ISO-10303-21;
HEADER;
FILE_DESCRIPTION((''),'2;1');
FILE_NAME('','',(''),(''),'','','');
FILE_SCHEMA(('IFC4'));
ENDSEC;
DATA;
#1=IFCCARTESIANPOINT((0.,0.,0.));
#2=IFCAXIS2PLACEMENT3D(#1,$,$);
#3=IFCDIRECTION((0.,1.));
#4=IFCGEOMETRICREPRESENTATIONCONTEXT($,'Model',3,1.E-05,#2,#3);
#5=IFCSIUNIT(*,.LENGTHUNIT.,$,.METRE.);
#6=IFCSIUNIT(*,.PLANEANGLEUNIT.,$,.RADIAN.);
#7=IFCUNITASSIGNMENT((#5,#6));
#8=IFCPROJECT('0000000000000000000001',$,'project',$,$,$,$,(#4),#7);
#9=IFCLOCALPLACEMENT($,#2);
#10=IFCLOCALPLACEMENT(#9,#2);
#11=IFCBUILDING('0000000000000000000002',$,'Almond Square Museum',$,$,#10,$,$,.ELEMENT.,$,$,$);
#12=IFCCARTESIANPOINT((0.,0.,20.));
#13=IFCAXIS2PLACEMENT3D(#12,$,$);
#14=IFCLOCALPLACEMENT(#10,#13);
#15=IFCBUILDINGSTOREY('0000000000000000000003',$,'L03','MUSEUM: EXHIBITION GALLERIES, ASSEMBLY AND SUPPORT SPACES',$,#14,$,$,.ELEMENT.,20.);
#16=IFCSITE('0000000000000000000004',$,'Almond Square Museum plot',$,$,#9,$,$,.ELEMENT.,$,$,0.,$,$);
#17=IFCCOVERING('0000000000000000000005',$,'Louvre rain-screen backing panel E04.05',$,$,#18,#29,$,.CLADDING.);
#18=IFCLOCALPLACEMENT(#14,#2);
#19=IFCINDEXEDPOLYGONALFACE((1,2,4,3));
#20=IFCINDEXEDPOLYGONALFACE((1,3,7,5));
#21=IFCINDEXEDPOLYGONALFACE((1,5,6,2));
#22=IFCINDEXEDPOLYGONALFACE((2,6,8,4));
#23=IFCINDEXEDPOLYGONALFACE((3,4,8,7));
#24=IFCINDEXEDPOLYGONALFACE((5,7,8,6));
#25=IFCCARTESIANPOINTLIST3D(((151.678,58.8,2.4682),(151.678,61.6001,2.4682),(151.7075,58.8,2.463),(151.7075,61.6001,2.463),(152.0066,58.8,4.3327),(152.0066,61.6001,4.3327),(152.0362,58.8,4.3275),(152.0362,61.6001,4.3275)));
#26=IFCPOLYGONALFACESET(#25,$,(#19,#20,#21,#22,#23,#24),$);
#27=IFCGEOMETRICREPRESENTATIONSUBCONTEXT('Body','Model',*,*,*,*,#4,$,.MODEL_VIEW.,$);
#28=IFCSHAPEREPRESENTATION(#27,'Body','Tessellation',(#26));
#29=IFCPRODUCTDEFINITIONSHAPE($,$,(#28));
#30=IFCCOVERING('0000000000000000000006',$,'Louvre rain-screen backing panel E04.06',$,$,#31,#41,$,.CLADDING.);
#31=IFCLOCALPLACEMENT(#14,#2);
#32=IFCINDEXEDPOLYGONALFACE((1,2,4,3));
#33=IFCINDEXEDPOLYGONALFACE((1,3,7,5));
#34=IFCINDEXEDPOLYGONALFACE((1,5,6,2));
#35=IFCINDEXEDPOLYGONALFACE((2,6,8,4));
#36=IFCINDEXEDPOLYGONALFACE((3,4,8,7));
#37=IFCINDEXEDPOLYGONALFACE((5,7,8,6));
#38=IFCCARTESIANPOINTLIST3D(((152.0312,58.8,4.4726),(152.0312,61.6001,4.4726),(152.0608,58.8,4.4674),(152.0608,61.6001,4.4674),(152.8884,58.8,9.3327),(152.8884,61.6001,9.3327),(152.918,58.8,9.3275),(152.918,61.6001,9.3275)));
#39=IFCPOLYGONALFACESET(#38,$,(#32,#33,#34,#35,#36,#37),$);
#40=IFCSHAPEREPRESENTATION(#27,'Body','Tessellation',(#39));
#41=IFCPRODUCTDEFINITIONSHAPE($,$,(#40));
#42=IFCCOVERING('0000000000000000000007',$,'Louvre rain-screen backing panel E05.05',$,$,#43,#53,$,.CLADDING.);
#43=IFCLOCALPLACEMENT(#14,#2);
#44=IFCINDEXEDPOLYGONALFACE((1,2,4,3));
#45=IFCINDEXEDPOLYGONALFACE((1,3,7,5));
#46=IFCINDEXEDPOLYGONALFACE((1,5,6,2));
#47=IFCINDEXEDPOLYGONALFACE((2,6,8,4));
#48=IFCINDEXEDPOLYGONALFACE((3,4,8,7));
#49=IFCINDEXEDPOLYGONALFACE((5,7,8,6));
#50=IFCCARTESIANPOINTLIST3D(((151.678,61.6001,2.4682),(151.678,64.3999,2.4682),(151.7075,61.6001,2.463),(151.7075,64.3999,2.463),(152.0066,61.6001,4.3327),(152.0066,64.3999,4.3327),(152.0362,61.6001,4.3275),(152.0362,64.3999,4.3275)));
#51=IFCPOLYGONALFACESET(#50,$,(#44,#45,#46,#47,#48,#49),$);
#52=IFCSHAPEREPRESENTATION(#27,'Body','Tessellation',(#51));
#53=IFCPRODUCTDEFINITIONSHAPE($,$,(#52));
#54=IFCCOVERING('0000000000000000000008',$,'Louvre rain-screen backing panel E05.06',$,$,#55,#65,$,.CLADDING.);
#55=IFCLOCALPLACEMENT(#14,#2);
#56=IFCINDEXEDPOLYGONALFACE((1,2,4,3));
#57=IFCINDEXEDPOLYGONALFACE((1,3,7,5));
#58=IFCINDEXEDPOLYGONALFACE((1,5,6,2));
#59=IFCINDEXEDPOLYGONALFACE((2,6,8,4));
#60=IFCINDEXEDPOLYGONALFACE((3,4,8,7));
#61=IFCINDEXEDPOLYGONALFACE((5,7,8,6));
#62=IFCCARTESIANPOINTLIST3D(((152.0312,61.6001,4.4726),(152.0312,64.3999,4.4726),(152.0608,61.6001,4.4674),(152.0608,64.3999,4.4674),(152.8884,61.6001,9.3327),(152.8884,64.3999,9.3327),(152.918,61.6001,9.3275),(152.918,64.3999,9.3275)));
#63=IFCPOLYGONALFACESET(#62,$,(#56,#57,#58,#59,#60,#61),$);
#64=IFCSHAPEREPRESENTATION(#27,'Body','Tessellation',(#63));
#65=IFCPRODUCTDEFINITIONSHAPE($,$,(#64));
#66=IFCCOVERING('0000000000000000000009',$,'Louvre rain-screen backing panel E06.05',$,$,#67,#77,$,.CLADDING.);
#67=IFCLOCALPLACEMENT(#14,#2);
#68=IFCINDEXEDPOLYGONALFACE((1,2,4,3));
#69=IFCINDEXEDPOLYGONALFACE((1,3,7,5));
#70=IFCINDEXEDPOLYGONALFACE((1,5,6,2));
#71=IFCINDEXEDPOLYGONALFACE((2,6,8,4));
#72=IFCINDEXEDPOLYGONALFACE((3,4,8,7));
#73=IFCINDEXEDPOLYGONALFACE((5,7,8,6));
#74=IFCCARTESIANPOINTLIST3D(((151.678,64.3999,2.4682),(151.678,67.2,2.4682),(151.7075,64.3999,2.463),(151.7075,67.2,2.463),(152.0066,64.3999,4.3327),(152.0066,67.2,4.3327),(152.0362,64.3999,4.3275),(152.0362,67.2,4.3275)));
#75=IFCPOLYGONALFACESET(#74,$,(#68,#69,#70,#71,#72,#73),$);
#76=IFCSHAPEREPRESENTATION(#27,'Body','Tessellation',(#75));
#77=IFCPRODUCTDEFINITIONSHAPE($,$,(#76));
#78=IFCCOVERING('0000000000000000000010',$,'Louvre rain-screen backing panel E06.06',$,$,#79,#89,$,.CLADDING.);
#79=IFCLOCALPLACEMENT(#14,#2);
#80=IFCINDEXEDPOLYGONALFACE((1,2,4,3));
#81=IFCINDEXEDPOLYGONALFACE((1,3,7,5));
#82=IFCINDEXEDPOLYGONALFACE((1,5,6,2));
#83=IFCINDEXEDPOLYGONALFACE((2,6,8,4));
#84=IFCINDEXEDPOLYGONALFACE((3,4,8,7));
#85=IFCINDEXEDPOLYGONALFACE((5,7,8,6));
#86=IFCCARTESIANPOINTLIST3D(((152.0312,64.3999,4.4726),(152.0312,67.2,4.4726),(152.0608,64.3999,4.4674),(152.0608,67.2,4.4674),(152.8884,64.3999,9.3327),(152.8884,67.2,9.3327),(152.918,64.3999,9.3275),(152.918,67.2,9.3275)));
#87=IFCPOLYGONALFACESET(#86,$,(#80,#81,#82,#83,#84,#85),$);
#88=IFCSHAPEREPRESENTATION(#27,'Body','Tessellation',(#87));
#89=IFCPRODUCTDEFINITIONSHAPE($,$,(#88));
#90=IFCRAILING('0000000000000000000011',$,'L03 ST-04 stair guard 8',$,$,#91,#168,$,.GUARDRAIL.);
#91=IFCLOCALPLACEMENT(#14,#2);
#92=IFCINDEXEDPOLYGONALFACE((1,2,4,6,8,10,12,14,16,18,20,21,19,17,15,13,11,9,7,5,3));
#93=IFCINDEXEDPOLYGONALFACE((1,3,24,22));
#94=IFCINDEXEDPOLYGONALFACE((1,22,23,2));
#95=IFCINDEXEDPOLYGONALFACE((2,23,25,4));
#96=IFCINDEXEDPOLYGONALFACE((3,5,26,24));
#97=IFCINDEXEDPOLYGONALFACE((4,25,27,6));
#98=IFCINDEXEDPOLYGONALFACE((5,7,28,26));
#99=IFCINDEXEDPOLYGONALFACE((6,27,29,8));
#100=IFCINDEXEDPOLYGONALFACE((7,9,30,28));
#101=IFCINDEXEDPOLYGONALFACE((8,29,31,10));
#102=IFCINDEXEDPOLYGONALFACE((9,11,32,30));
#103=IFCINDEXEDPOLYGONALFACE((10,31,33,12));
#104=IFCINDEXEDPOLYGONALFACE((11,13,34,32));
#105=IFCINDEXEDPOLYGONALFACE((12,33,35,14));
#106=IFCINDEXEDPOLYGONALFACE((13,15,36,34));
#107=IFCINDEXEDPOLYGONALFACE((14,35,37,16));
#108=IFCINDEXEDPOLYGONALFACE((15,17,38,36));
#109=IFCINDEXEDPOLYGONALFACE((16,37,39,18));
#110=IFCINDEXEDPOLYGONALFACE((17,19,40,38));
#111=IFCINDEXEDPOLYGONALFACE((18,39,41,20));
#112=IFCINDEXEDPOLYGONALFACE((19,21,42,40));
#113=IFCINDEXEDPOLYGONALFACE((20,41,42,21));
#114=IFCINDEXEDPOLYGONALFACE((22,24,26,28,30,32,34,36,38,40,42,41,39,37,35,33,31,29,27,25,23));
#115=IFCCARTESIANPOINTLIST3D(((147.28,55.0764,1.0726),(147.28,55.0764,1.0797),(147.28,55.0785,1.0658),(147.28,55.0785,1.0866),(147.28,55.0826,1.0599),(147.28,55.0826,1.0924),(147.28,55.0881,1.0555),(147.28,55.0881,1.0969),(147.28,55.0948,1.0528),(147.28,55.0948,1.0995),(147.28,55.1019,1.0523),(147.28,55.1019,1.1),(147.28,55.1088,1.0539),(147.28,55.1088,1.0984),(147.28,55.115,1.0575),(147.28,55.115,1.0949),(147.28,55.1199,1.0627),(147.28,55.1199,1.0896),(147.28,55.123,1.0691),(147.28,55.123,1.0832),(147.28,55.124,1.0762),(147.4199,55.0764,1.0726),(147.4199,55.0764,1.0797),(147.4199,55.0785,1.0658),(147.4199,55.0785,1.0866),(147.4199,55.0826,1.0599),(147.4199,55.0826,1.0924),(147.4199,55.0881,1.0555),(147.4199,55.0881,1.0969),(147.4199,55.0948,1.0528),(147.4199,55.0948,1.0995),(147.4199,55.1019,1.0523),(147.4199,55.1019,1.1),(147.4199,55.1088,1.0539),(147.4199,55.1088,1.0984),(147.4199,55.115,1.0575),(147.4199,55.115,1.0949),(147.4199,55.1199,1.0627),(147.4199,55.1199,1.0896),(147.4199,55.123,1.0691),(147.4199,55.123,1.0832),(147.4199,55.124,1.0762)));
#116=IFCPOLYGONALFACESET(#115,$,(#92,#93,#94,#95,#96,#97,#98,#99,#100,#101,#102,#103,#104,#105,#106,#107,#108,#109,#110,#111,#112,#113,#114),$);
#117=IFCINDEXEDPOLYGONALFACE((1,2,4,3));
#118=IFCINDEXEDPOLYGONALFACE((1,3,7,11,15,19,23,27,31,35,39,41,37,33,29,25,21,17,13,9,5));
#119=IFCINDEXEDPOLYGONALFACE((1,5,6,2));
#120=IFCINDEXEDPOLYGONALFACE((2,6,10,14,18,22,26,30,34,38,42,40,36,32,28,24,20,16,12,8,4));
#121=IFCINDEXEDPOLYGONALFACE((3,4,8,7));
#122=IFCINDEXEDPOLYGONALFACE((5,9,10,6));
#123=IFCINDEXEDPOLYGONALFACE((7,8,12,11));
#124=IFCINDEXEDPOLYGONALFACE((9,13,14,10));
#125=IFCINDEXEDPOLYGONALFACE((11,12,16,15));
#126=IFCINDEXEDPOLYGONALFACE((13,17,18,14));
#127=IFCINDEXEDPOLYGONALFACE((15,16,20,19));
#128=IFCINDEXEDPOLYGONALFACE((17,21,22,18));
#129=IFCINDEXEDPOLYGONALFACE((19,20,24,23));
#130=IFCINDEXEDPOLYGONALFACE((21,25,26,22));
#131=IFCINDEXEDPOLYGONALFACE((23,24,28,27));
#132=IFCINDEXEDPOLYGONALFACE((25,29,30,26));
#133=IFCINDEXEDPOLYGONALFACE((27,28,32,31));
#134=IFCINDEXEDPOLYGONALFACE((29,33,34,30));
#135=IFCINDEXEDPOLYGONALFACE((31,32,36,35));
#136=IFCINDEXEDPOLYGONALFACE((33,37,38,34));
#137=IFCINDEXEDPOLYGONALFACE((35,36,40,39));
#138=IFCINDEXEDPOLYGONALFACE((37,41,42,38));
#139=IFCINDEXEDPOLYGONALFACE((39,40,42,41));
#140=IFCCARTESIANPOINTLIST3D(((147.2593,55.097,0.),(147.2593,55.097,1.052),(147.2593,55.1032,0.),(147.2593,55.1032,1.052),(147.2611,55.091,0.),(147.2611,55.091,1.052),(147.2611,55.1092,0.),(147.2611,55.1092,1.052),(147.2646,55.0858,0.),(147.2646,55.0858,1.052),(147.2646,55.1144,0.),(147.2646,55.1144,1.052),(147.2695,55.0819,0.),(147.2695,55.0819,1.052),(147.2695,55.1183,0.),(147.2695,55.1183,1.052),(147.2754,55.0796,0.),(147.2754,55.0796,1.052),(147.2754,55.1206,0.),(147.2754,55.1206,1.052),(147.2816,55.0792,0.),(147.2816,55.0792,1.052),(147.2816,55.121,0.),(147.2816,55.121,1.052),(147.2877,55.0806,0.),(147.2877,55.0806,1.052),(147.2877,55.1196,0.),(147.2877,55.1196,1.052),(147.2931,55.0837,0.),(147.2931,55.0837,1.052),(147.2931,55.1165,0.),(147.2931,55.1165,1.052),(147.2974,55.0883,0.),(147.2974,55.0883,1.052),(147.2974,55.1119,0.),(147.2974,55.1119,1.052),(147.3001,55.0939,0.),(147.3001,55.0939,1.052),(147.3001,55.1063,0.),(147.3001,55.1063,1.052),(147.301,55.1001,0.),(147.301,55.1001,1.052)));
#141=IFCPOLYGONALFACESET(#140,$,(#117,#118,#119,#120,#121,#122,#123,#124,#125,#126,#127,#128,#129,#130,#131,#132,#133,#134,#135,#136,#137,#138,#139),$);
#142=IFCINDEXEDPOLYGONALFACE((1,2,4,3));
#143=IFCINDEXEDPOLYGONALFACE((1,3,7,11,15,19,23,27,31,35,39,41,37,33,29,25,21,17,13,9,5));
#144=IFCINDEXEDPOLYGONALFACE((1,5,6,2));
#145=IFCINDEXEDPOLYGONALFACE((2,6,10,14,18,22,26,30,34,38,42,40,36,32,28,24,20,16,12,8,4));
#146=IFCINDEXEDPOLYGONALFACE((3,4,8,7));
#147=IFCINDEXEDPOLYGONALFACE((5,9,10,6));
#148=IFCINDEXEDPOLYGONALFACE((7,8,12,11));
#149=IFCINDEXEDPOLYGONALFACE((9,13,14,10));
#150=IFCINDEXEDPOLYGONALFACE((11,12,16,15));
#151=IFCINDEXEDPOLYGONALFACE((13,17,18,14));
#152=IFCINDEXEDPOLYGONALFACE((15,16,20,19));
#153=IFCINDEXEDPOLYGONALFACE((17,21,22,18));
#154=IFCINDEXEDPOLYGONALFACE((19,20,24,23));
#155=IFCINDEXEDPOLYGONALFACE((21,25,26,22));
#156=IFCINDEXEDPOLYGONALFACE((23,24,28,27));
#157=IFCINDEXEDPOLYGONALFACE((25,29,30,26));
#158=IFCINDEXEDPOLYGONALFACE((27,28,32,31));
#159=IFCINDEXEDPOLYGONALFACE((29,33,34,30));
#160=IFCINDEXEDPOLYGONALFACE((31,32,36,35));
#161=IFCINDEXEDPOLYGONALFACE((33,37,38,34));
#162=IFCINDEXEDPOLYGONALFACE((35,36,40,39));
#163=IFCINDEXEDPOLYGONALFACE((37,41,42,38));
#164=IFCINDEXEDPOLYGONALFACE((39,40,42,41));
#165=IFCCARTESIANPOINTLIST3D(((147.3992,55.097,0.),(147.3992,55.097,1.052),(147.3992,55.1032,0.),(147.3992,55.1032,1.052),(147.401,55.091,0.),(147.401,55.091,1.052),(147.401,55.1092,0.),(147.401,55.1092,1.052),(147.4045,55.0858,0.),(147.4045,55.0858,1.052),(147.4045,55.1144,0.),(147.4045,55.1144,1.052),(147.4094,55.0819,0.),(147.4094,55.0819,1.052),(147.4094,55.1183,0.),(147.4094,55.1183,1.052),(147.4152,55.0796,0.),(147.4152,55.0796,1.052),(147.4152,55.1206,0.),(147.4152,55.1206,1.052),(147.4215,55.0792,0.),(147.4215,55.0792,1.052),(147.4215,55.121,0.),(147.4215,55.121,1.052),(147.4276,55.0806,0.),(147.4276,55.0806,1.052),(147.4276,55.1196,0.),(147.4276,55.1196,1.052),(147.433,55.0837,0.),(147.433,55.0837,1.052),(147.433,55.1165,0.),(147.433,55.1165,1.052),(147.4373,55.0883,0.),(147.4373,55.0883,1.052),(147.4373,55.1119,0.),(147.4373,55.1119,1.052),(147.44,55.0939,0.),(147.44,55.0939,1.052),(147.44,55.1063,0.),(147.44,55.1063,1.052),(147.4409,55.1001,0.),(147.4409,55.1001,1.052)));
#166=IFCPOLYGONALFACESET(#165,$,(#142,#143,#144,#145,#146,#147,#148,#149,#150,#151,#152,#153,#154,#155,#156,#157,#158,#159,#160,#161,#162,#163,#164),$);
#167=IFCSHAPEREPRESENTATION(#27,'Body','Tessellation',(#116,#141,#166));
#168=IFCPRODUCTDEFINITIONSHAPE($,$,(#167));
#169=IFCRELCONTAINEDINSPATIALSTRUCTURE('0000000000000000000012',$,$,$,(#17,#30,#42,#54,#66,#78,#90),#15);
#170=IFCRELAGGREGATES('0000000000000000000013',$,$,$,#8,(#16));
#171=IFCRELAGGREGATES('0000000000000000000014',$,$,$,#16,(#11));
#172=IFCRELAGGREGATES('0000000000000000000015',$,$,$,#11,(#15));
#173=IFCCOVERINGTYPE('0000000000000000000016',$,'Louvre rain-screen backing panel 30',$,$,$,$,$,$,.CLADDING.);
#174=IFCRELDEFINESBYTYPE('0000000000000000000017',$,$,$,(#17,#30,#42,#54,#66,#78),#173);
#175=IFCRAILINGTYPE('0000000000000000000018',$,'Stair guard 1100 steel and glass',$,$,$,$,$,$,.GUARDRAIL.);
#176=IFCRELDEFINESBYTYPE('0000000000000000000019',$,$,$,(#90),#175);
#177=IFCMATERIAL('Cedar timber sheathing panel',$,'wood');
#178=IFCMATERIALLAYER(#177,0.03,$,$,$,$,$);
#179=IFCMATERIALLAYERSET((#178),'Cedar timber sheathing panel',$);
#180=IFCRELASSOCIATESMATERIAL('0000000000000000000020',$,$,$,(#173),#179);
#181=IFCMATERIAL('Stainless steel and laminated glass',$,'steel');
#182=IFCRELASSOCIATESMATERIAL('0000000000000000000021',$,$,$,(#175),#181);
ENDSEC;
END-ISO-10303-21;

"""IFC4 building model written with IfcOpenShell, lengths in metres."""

from ifc_helpers import new_model, si_unit, direction, frame, origin, origin_2d, place, context, subcontext, project, spatial, polyline, circle, outline, extrude, material, layer, layer_set, type_object, element, save


model = new_model("IFC4")

# Units and contexts
model_context = context("Model", 3, precision=1e-05, world=origin(), true_north=direction((0.0, 1.0)))
body_context = subcontext(model_context, "Body", "Model", "MODEL_VIEW")
ifc_project = project(units=[si_unit("LENGTHUNIT", "METRE"), si_unit("PLANEANGLEUNIT", "RADIAN")], contexts=[model_context])

# Site, building, storey
site_placement = place(None, origin())
site = spatial("IfcSite", under=ifc_project, at=site_placement, Name="Almond Square Museum plot", CompositionType="ELEMENT", RefElevation=0.0)
building_placement = place(site_placement, origin())
building = spatial("IfcBuilding", under=site, at=building_placement, Name="Almond Square Museum", CompositionType="ELEMENT")
storey_placement = place(building_placement, frame((0.0, 0.0, 20.0)))
storey = spatial("IfcBuildingStorey", under=building, at=storey_placement, Name="L03", Description="MUSEUM: EXHIBITION GALLERIES, ASSEMBLY AND SUPPORT SPACES", CompositionType="ELEMENT", Elevation=20.0)

# Coverings
ifc_material_1 = material(Name="Cedar timber sheathing panel", Category="wood")
ifc_layer_1 = layer(ifc_material_1, 0.03)
ifc_layer_set_1 = layer_set([ifc_layer_1], Name="Cedar timber sheathing panel")
covering_type_1 = type_object("IfcCoveringType", Name="Louvre rain-screen backing panel 30", PredefinedType="CLADDING", material=ifc_layer_set_1)
covering_1_placement = place(storey_placement, frame((151.6929, 58.8, 2.4656), z_axis=(0.984821, 0.0, -0.173572), x_axis=(0.0, 1.0, 0.0)))
element("IfcCovering", 1, at=covering_1_placement, inside=storey, type_object=covering_type_1, Name="Louvre rain-screen backing panel E04.05", PredefinedType="CLADDING", context=body_context, shape_type="SweptSolid", body=[
    extrude(outline(polyline([(0.0, 0.0), (2.8, 0.0), (2.8, 1.8932), (0.0, 1.8932), (0.0, 0.0)])), frame((0.0, 0.0, -0.0151)), (0.0, 0.0, 1.0), 0.03),
])
covering_2_placement = place(storey_placement, frame((152.0461, 58.8, 4.47), z_axis=(0.9848, 0.0, -0.173689), x_axis=(0.0, 1.0, 0.0)))
element("IfcCovering", 2, at=covering_2_placement, inside=storey, type_object=covering_type_1, Name="Louvre rain-screen backing panel E04.06", PredefinedType="CLADDING", context=body_context, shape_type="SweptSolid", body=[
    extrude(outline(polyline([(0.0, 0.0), (2.8, 0.0), (2.8, 4.9351), (0.0, 4.9351), (0.0, 0.0)])), frame((0.0, 0.0, -0.0151)), (0.0, 0.0, 1.0), 0.03),
])
covering_3_placement = place(storey_placement, frame((151.6929, 61.6001, 2.4656), z_axis=(0.984821, 0.0, -0.173572), x_axis=(0.0, 1.0, 0.0)))
element("IfcCovering", 3, at=covering_3_placement, inside=storey, type_object=covering_type_1, Name="Louvre rain-screen backing panel E05.05", PredefinedType="CLADDING", context=body_context, shape_type="SweptSolid", body=[
    extrude(outline(polyline([(0.0, 0.0), (2.7998, 0.0), (2.7998, 1.8932), (0.0, 1.8932), (0.0, 0.0)])), frame((0.0, 0.0, -0.0151)), (0.0, 0.0, 1.0), 0.03),
])
covering_4_placement = place(storey_placement, frame((152.0461, 61.6001, 4.47), z_axis=(0.9848, 0.0, -0.173689), x_axis=(0.0, 1.0, 0.0)))
element("IfcCovering", 4, at=covering_4_placement, inside=storey, type_object=covering_type_1, Name="Louvre rain-screen backing panel E05.06", PredefinedType="CLADDING", context=body_context, shape_type="SweptSolid", body=[
    extrude(outline(polyline([(0.0, 0.0), (2.7998, 0.0), (2.7998, 4.9351), (0.0, 4.9351), (0.0, 0.0)])), frame((0.0, 0.0, -0.0151)), (0.0, 0.0, 1.0), 0.03),
])
covering_5_placement = place(storey_placement, frame((151.6929, 64.3999, 2.4656), z_axis=(0.984821, 0.0, -0.173572), x_axis=(0.0, 1.0, 0.0)))
element("IfcCovering", 5, at=covering_5_placement, inside=storey, type_object=covering_type_1, Name="Louvre rain-screen backing panel E06.05", PredefinedType="CLADDING", context=body_context, shape_type="SweptSolid", body=[
    extrude(outline(polyline([(0.0, 0.0), (2.8, 0.0), (2.8, 1.8932), (0.0, 1.8932), (0.0, 0.0)])), frame((0.0, 0.0, -0.0151)), (0.0, 0.0, 1.0), 0.03),
])
covering_6_placement = place(storey_placement, frame((152.0461, 64.3999, 4.47), z_axis=(0.9848, 0.0, -0.173689), x_axis=(0.0, 1.0, 0.0)))
element("IfcCovering", 6, at=covering_6_placement, inside=storey, type_object=covering_type_1, Name="Louvre rain-screen backing panel E06.06", PredefinedType="CLADDING", context=body_context, shape_type="SweptSolid", body=[
    extrude(outline(polyline([(0.0, 0.0), (2.8, 0.0), (2.8, 4.9351), (0.0, 4.9351), (0.0, 0.0)])), frame((0.0, 0.0, -0.0151)), (0.0, 0.0, 1.0), 0.03),
])

# Railing
ifc_material_2 = material(Name="Stainless steel and laminated glass", Category="steel")
railing_type = type_object("IfcRailingType", Name="Stair guard 1100 steel and glass", PredefinedType="GUARDRAIL", material=ifc_material_2)
railing_placement = place(storey_placement, frame((147.28, 55.1001, 0.0)))
element("IfcRailing", 7, at=railing_placement, inside=storey, type_object=railing_type, Name="L03 ST-04 stair guard 8", PredefinedType="GUARDRAIL", context=body_context, shape_type="SweptSolid", body=[
    extrude(circle(Radius=0.0239, at=origin_2d()), frame((0.0, 0.0, 1.0762), z_axis=(1.0, 0.0, 0.0), x_axis=(0.0, 1.0, 0.0)), (0.0, 0.0, 1.0), 0.1399),
    extrude(circle(Radius=0.021, at=origin_2d()), origin(), (0.0, 0.0, 1.0), 1.052),
    extrude(circle(Radius=0.021, at=origin_2d()), frame((0.1399, 0.0, 0.0)), (0.0, 0.0, 1.0), 1.052),
])

save(model, "model.ifc")
